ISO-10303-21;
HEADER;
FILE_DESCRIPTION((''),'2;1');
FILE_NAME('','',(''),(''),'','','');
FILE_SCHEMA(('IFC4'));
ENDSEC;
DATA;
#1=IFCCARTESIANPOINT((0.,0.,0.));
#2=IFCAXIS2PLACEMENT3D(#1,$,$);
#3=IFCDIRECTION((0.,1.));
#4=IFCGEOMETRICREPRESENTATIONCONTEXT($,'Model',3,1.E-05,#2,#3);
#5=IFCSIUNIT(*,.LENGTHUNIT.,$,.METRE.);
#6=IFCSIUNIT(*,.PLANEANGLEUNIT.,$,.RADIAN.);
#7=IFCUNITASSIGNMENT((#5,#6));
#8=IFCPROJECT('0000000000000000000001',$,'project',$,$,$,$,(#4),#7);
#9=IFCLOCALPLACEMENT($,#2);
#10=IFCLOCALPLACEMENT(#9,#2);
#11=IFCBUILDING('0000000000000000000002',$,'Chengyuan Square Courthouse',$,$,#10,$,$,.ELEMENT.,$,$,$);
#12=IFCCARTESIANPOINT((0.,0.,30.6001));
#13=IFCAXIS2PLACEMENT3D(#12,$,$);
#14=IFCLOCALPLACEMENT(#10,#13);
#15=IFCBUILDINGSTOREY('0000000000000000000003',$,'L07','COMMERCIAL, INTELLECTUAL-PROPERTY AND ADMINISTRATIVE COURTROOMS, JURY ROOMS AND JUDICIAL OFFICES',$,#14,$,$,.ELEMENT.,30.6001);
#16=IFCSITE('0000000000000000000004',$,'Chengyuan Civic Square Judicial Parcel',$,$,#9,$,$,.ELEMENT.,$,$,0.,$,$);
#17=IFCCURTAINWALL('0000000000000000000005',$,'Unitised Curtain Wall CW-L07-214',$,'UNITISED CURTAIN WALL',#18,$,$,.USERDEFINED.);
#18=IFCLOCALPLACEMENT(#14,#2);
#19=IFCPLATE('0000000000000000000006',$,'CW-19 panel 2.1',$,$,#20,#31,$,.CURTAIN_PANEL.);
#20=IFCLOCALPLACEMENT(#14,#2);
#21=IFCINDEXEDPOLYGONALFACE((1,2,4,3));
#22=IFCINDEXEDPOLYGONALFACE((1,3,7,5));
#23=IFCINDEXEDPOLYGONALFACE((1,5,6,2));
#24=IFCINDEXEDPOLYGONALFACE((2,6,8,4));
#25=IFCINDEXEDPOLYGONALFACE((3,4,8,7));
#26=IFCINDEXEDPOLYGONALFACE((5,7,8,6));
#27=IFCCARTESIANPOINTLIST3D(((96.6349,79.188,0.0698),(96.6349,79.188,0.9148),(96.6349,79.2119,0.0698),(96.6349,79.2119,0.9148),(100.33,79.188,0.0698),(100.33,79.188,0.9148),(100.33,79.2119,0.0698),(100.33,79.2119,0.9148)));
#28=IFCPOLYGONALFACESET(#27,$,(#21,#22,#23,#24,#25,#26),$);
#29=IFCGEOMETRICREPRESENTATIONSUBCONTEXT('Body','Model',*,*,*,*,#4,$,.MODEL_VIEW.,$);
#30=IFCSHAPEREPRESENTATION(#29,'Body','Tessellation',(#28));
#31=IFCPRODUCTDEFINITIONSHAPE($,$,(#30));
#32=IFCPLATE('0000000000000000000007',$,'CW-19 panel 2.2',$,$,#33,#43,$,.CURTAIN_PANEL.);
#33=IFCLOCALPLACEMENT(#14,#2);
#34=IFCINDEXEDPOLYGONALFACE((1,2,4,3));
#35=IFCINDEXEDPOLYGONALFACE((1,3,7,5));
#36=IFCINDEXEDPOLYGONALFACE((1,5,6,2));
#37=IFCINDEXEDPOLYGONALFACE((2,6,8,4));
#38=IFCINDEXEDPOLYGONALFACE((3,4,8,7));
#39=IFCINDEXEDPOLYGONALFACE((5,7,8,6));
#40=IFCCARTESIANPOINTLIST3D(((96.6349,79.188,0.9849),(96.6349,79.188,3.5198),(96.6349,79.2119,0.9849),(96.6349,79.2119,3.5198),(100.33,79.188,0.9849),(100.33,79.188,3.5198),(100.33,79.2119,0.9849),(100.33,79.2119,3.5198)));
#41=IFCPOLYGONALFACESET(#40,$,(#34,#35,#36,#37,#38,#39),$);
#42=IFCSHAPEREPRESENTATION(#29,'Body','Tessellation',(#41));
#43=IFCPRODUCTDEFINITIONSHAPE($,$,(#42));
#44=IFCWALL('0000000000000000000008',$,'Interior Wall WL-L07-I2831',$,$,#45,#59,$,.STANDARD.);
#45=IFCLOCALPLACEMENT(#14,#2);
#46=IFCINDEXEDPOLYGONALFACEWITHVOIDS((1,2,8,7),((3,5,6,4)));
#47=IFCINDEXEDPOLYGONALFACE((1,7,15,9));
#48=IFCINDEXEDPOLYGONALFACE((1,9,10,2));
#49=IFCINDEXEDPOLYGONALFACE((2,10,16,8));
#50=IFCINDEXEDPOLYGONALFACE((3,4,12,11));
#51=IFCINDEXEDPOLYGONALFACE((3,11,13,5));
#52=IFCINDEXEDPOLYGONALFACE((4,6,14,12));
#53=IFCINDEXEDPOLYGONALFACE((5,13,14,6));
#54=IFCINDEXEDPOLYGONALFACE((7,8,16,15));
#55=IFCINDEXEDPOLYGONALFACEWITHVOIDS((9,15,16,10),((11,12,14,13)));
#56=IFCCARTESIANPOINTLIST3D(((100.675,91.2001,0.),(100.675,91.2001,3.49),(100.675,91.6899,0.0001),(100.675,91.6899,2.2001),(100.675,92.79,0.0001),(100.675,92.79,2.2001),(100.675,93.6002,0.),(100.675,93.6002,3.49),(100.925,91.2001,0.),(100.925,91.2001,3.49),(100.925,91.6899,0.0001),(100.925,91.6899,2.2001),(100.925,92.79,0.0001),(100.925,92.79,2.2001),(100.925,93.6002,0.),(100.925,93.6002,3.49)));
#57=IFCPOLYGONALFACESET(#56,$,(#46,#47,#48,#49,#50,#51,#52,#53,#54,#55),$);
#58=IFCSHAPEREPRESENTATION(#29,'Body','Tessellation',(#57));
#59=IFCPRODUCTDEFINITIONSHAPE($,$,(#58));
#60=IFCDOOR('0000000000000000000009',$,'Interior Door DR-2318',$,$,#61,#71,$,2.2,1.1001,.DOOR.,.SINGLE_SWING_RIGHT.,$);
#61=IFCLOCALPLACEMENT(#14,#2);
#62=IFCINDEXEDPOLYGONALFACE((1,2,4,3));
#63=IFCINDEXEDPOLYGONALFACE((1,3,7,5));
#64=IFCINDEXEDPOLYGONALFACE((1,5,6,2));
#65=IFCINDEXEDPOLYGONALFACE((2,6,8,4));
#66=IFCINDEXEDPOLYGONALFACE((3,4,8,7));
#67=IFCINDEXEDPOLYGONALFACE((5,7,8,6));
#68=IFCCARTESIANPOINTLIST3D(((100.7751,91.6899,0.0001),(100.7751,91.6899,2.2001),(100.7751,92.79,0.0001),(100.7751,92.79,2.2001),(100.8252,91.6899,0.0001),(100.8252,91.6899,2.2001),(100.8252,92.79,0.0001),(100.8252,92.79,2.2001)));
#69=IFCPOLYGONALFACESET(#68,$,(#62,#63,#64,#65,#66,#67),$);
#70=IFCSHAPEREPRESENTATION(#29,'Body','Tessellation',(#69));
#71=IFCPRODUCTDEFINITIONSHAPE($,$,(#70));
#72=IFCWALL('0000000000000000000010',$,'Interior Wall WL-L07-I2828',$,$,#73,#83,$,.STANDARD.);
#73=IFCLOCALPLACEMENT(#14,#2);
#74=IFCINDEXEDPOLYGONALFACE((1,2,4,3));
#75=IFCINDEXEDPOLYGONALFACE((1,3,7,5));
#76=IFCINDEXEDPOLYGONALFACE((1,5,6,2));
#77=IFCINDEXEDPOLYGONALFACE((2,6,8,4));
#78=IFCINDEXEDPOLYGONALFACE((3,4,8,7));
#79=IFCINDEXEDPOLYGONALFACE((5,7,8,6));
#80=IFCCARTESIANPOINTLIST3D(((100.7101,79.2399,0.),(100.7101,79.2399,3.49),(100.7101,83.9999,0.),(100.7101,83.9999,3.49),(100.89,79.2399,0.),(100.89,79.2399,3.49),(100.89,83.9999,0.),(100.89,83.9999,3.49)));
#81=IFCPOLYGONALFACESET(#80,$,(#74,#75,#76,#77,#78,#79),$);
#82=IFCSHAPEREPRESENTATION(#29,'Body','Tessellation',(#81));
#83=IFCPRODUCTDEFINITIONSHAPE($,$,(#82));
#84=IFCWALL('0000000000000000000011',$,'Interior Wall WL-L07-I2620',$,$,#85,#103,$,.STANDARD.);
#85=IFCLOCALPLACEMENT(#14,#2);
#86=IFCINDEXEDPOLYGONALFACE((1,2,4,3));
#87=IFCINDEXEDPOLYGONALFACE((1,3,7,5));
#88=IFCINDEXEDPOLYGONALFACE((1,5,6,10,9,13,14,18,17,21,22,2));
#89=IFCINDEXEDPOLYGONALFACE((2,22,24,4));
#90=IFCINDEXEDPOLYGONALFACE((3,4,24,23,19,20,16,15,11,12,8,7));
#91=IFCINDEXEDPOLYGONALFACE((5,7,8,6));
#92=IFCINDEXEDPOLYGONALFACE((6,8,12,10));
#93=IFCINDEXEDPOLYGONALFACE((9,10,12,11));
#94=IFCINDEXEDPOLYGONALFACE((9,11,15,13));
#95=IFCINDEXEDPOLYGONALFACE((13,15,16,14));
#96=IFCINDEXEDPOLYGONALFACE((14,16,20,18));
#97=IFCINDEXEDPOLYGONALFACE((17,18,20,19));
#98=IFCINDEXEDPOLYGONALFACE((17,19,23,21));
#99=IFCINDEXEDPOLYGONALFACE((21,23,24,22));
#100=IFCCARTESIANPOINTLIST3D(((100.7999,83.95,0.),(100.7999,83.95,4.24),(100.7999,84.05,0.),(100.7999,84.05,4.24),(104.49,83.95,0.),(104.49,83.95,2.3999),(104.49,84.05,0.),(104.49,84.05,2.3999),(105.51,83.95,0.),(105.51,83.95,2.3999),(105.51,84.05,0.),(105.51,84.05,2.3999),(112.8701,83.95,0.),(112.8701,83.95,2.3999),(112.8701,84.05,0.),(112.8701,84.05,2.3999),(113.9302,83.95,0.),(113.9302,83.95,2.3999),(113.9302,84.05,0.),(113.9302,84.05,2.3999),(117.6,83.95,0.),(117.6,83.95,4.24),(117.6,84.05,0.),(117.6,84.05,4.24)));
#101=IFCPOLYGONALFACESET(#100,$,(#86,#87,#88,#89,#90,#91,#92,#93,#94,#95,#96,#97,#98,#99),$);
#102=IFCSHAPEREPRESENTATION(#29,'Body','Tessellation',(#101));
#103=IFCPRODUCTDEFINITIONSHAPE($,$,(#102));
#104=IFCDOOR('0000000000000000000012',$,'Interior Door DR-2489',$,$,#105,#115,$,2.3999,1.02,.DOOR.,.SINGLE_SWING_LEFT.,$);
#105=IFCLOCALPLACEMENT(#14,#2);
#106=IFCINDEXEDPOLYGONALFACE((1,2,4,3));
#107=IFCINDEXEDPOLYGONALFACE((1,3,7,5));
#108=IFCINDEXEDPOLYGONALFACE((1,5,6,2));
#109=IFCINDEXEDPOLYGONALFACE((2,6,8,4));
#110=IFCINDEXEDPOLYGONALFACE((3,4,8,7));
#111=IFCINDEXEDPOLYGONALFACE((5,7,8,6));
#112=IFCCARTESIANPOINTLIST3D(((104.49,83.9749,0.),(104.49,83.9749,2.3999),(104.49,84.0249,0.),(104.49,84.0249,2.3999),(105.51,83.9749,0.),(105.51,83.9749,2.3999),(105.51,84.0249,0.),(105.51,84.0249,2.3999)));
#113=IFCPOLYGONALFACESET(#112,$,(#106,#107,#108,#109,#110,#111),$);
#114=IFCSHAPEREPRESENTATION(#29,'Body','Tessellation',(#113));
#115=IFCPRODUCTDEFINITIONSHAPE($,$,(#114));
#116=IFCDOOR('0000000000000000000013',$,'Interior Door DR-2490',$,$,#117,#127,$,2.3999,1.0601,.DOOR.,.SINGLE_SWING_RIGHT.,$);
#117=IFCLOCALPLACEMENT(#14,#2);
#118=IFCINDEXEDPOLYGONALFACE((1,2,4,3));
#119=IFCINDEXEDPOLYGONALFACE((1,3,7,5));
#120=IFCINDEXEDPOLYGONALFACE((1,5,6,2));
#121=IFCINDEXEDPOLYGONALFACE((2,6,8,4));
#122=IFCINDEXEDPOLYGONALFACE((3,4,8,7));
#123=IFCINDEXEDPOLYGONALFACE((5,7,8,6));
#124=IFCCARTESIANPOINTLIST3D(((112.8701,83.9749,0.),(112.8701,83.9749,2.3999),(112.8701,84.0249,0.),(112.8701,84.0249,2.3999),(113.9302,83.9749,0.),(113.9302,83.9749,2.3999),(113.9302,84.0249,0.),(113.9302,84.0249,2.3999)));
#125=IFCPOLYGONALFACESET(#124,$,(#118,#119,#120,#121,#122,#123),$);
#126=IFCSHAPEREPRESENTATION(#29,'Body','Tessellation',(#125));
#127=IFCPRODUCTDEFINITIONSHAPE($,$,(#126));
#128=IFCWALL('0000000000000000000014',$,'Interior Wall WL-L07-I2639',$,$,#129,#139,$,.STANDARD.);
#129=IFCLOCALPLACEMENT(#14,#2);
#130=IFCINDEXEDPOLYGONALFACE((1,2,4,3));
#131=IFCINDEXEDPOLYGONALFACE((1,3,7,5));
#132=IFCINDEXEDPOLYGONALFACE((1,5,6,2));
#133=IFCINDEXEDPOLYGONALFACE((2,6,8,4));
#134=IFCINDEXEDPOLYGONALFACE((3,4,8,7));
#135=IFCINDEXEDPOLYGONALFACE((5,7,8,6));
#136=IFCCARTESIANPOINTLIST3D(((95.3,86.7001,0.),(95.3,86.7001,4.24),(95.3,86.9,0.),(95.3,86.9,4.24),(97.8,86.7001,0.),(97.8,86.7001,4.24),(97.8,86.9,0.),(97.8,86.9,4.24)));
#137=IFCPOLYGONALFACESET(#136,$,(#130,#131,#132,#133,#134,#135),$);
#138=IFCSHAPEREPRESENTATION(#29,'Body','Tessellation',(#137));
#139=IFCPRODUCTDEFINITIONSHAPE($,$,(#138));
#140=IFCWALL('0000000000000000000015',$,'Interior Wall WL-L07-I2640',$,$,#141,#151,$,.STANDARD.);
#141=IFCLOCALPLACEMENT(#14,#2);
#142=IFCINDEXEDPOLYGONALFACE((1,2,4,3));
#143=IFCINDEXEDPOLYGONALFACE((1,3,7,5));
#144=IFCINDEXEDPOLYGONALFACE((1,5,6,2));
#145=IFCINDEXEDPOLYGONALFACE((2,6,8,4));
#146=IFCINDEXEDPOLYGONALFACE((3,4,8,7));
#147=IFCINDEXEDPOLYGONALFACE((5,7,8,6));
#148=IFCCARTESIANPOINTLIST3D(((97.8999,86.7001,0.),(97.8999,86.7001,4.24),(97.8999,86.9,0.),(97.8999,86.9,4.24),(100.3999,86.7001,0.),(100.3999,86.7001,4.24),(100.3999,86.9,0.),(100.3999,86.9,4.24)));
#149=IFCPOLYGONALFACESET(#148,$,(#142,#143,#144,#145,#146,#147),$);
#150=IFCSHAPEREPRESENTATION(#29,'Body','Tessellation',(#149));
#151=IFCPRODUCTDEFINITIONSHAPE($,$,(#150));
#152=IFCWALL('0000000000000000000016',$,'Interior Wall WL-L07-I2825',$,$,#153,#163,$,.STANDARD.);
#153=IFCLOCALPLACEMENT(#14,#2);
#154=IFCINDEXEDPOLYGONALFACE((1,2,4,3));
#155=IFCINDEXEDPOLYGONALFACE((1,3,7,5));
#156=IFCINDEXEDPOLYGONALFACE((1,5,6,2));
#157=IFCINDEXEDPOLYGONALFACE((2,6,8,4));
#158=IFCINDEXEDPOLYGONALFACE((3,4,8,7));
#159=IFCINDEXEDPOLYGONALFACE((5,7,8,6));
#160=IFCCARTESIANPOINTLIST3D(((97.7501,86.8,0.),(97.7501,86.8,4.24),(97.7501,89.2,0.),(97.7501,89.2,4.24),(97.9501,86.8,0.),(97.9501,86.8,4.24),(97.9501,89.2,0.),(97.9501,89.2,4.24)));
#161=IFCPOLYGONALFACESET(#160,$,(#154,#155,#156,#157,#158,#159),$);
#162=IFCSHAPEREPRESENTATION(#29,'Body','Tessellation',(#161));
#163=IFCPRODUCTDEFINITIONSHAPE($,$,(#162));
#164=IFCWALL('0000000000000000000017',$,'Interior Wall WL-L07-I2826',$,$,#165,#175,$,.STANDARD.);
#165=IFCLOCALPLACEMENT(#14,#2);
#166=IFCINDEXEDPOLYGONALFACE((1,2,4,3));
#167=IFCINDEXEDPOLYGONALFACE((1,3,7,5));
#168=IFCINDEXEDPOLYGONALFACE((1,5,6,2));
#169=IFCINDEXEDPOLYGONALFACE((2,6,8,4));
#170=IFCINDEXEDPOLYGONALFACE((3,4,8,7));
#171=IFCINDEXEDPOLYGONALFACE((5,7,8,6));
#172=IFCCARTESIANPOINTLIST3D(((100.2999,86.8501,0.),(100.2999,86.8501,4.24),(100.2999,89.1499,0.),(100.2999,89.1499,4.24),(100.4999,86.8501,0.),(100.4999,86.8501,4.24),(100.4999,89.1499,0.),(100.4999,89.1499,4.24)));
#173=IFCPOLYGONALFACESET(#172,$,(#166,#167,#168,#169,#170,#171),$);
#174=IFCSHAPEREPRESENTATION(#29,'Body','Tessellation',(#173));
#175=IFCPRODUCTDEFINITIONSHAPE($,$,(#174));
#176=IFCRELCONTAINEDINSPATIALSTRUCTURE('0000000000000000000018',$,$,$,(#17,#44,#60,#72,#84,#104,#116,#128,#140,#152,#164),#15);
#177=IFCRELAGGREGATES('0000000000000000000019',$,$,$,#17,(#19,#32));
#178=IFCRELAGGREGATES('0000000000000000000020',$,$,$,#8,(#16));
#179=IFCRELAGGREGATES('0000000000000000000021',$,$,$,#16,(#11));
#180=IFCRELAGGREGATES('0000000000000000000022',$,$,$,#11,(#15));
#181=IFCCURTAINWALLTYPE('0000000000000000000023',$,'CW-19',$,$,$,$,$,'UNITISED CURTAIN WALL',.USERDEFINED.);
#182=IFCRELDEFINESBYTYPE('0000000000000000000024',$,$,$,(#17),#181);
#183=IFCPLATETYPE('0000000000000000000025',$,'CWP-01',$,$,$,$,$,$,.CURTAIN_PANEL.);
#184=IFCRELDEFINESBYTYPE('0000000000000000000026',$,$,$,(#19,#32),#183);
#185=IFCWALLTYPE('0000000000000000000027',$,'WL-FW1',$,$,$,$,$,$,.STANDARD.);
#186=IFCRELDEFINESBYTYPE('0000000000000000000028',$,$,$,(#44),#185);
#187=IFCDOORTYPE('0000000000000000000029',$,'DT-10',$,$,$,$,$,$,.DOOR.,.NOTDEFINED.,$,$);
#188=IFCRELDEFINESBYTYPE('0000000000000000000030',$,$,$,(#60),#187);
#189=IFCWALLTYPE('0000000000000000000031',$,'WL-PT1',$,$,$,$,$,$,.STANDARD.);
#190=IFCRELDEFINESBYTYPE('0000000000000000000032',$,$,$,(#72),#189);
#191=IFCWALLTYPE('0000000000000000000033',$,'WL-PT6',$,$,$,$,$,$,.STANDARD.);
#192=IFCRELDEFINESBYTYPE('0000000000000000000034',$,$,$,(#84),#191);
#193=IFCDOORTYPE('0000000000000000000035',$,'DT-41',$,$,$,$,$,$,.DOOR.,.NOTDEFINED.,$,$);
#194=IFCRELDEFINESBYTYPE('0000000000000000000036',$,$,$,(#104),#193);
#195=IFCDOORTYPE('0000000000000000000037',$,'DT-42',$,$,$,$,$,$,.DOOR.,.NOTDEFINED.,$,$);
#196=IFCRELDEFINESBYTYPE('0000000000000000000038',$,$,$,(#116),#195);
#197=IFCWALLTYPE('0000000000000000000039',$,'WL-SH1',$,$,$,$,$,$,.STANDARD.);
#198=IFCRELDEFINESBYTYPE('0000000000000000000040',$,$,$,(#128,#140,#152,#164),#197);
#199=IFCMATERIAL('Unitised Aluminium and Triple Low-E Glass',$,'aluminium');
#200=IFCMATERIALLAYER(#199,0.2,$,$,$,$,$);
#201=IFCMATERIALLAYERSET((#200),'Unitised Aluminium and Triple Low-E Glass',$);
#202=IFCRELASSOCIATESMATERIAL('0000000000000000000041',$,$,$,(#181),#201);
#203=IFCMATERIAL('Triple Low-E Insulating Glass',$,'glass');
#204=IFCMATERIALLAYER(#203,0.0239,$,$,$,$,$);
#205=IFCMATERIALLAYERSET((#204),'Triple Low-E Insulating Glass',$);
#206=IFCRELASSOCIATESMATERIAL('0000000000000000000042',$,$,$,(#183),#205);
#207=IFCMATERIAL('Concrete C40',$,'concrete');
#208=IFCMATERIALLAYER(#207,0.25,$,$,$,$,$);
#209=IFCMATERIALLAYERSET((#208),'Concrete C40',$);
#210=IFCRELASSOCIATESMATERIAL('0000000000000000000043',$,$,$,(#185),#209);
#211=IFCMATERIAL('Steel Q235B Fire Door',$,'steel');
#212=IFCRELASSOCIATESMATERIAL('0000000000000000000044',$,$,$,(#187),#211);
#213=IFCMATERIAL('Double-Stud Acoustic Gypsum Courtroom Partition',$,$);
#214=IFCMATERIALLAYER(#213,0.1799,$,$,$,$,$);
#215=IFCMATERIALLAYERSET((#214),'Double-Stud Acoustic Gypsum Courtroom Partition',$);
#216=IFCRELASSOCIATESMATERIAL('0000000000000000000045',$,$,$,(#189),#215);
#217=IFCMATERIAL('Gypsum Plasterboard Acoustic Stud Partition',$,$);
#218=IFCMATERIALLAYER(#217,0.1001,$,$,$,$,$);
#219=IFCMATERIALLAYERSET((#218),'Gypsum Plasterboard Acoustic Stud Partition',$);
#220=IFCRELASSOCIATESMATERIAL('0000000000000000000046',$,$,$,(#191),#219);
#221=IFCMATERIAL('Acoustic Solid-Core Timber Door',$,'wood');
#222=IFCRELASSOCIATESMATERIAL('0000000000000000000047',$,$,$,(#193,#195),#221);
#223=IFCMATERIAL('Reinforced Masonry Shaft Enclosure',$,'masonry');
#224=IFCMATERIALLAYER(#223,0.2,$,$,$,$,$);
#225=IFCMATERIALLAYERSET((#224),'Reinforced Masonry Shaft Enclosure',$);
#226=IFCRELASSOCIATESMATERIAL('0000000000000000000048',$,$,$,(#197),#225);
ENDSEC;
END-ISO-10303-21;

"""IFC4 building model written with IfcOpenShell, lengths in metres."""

from ifc_helpers import new_model, si_unit, direction, frame, frame_2d, origin, origin_2d, place, context, subcontext, project, spatial, rectangle, extrude, material, layer, layer_set, type_object, element, fill, aggregate, save


model = new_model("IFC4")

# Units and contexts
model_context = context("Model", 3, precision=1e-05, world=origin(), true_north=direction((0.0, 1.0)))
body_context = subcontext(model_context, "Body", "Model", "MODEL_VIEW")
ifc_project = project(units=[si_unit("LENGTHUNIT", "METRE"), si_unit("PLANEANGLEUNIT", "RADIAN")], contexts=[model_context])

# Site, building, storey
site_placement = place(None, origin())
site = spatial("IfcSite", under=ifc_project, at=site_placement, Name="Chengyuan Civic Square Judicial Parcel", CompositionType="ELEMENT", RefElevation=0.0)
building_placement = place(site_placement, origin())
building = spatial("IfcBuilding", under=site, at=building_placement, Name="Chengyuan Square Courthouse", CompositionType="ELEMENT")
storey_placement = place(building_placement, frame((0.0, 0.0, 30.6001)))
storey = spatial("IfcBuildingStorey", under=building, at=storey_placement, Name="L07", Description="COMMERCIAL, INTELLECTUAL-PROPERTY AND ADMINISTRATIVE COURTROOMS, JURY ROOMS AND JUDICIAL OFFICES", CompositionType="ELEMENT", Elevation=30.6001)

# Shared definitions
ifc_material_1 = material(Name="Concrete C40", Category="concrete")

# Curtain wall
ifc_material_2 = material(Name="Unitised Aluminium and Triple Low-E Glass", Category="aluminium")
ifc_layer_1 = layer(ifc_material_2, 0.2)
ifc_layer_set_1 = layer_set([ifc_layer_1], Name="Unitised Aluminium and Triple Low-E Glass")
curtain_wall_type = type_object("IfcCurtainWallType", Name="CW-19", ElementType="UNITISED CURTAIN WALL", PredefinedType="USERDEFINED", material=ifc_layer_set_1)
curtain_wall_1_placement = place(storey_placement, origin())
curtain_wall_1 = element("IfcCurtainWall", 1, at=curtain_wall_1_placement, inside=storey, type_object=curtain_wall_type, Name="Unitised Curtain Wall CW-L07-214", ObjectType="UNITISED CURTAIN WALL", PredefinedType="USERDEFINED")

# Plates
ifc_material_3 = material(Name="Triple Low-E Insulating Glass", Category="glass")
ifc_layer_2 = layer(ifc_material_3, 0.0239)
ifc_layer_set_2 = layer_set([ifc_layer_2], Name="Triple Low-E Insulating Glass")
plate_type = type_object("IfcPlateType", Name="CWP-01", PredefinedType="CURTAIN_PANEL", material=ifc_layer_set_2)
plate_1_placement = place(storey_placement, frame((98.4824, 79.2, 0.0698), z_axis=(0.0, 0.0, 1.0), x_axis=(1.0, 0.0, 0.0)))
plate_1 = element("IfcPlate", 2, at=plate_1_placement, type_object=plate_type, Name="CW-19 panel 2.1", PredefinedType="CURTAIN_PANEL", context=body_context, shape_type="SweptSolid", body=[
    extrude(rectangle(XDim=3.6951, YDim=0.0239, at=origin_2d()), origin(), (0.0, 0.0, 1.0), 0.845),
])
plate_2_placement = place(storey_placement, frame((98.4824, 79.2, 0.9849), z_axis=(0.0, 0.0, 1.0), x_axis=(1.0, 0.0, 0.0)))
plate_2 = element("IfcPlate", 3, at=plate_2_placement, type_object=plate_type, Name="CW-19 panel 2.2", PredefinedType="CURTAIN_PANEL", context=body_context, shape_type="SweptSolid", body=[
    extrude(rectangle(XDim=3.6951, YDim=0.0239, at=origin_2d()), origin(), (0.0, 0.0, 1.0), 2.5349),
])
aggregate(curtain_wall_1, [plate_1, plate_2])

# Wall, opening, door
ifc_layer_3 = layer(ifc_material_1, 0.25)
ifc_layer_set_3 = layer_set([ifc_layer_3], Name="Concrete C40")
wall_type_1 = type_object("IfcWallType", Name="WL-FW1", PredefinedType="STANDARD", material=ifc_layer_set_3)
wall_1_placement = place(storey_placement, frame((100.8, 91.2, 0.0), z_axis=(0.0, 0.0, 1.0), x_axis=(0.0, 1.0, 0.0)))
wall_1 = element("IfcWall", 4, at=wall_1_placement, inside=storey, type_object=wall_type_1, Name="Interior Wall WL-L07-I2831", PredefinedType="STANDARD", context=body_context, shape_type="SweptSolid", body=[
    extrude(rectangle(XDim=2.4001, YDim=0.25, at=frame_2d((1.2002, 0.0))), origin(), (0.0, 0.0, 1.0), 3.49),
])
opening_1_placement = place(wall_1_placement, frame((0.49, 0.0, 0.0)))
opening_1 = element("IfcOpeningElement", 5, at=opening_1_placement, cuts=wall_1, PredefinedType="OPENING", context=body_context, shape_type="SweptSolid", body=[
    extrude(rectangle(XDim=1.1001, YDim=2.2, at=frame_2d((0.55, 1.1001))), frame((0.0, 0.137, 0.0), z_axis=(0.0, -1.0, 0.0), x_axis=(1.0, 0.0, 0.0)), (0.0, 0.0, 1.0), 0.2739),
])
ifc_material_4 = material(Name="Steel Q235B Fire Door", Category="steel")
door_type_1 = type_object("IfcDoorType", Name="DT-10", OperationType="NOTDEFINED", PredefinedType="DOOR", material=ifc_material_4)
door_1_placement = place(opening_1_placement, origin())
door_1 = element("IfcDoor", 6, at=door_1_placement, inside=storey, type_object=door_type_1, Name="Interior Door DR-2318", OperationType="SINGLE_SWING_RIGHT", OverallHeight=2.2, OverallWidth=1.1001, PredefinedType="DOOR", context=body_context, shape_type="SweptSolid", body=[
    extrude(rectangle(XDim=1.1001, YDim=2.2, at=frame_2d((0.55, 1.1001))), frame((0.0, 0.0249, 0.0), z_axis=(0.0, -1.0, 0.0), x_axis=(1.0, 0.0, 0.0)), (0.0, 0.0, 1.0), 0.05),
])
fill(opening_1, door_1)

# Wall
ifc_material_5 = material(Name="Double-Stud Acoustic Gypsum Courtroom Partition")
ifc_layer_4 = layer(ifc_material_5, 0.1799)
ifc_layer_set_4 = layer_set([ifc_layer_4], Name="Double-Stud Acoustic Gypsum Courtroom Partition")
wall_type_2 = type_object("IfcWallType", Name="WL-PT1", PredefinedType="STANDARD", material=ifc_layer_set_4)
wall_2_placement = place(storey_placement, frame((100.8, 79.24, 0.0), z_axis=(0.0, 0.0, 1.0), x_axis=(0.0, 1.0, 0.0)))
element("IfcWall", 7, at=wall_2_placement, inside=storey, type_object=wall_type_2, Name="Interior Wall WL-L07-I2828", PredefinedType="STANDARD", context=body_context, shape_type="SweptSolid", body=[
    extrude(rectangle(XDim=4.76, YDim=0.1799, at=frame_2d((2.3799, 0.0))), origin(), (0.0, 0.0, 1.0), 3.49),
])

# Wall, openings, doors
ifc_material_6 = material(Name="Gypsum Plasterboard Acoustic Stud Partition")
ifc_layer_5 = layer(ifc_material_6, 0.1001)
ifc_layer_set_5 = layer_set([ifc_layer_5], Name="Gypsum Plasterboard Acoustic Stud Partition")
wall_type_3 = type_object("IfcWallType", Name="WL-PT6", PredefinedType="STANDARD", material=ifc_layer_set_5)
wall_3_placement = place(storey_placement, frame((100.8, 84.0, 0.0), z_axis=(0.0, 0.0, 1.0), x_axis=(1.0, 0.0, 0.0)))
wall_3 = element("IfcWall", 8, at=wall_3_placement, inside=storey, type_object=wall_type_3, Name="Interior Wall WL-L07-I2620", PredefinedType="STANDARD", context=body_context, shape_type="SweptSolid", body=[
    extrude(rectangle(XDim=16.8, YDim=0.1001, at=frame_2d((8.3999, 0.0))), origin(), (0.0, 0.0, 1.0), 4.24),
])
opening_2_placement = place(wall_3_placement, frame((3.6899, 0.0, 0.0)))
opening_2 = element("IfcOpeningElement", 9, at=opening_2_placement, cuts=wall_3, PredefinedType="OPENING", context=body_context, shape_type="SweptSolid", body=[
    extrude(rectangle(XDim=1.02, YDim=2.3999, at=frame_2d((0.51, 1.2))), frame((0.0, 0.062, 0.0), z_axis=(0.0, -1.0, 0.0), x_axis=(1.0, 0.0, 0.0)), (0.0, 0.0, 1.0), 0.124),
])
opening_3_placement = place(wall_3_placement, frame((12.0701, 0.0, 0.0)))
opening_3 = element("IfcOpeningElement", 10, at=opening_3_placement, cuts=wall_3, PredefinedType="OPENING", context=body_context, shape_type="SweptSolid", body=[
    extrude(rectangle(XDim=1.0601, YDim=2.3999, at=frame_2d((0.53, 1.2))), frame((0.0, 0.062, 0.0), z_axis=(0.0, -1.0, 0.0), x_axis=(1.0, 0.0, 0.0)), (0.0, 0.0, 1.0), 0.124),
])
ifc_material_7 = material(Name="Acoustic Solid-Core Timber Door", Category="wood")
door_type_2 = type_object("IfcDoorType", Name="DT-41", OperationType="NOTDEFINED", PredefinedType="DOOR", material=ifc_material_7)
door_2_placement = place(opening_2_placement, origin())
door_2 = element("IfcDoor", 11, at=door_2_placement, inside=storey, type_object=door_type_2, Name="Interior Door DR-2489", OperationType="SINGLE_SWING_LEFT", OverallHeight=2.3999, OverallWidth=1.02, PredefinedType="DOOR", context=body_context, shape_type="SweptSolid", body=[
    extrude(rectangle(XDim=1.02, YDim=2.3999, at=frame_2d((0.51, 1.2))), frame((0.0, 0.0249, 0.0), z_axis=(0.0, -1.0, 0.0), x_axis=(1.0, 0.0, 0.0)), (0.0, 0.0, 1.0), 0.05),
])
fill(opening_2, door_2)
door_type_3 = type_object("IfcDoorType", Name="DT-42", OperationType="NOTDEFINED", PredefinedType="DOOR", material=ifc_material_7)
door_3_placement = place(opening_3_placement, origin())
door_3 = element("IfcDoor", 12, at=door_3_placement, inside=storey, type_object=door_type_3, Name="Interior Door DR-2490", OperationType="SINGLE_SWING_RIGHT", OverallHeight=2.3999, OverallWidth=1.0601, PredefinedType="DOOR", context=body_context, shape_type="SweptSolid", body=[
    extrude(rectangle(XDim=1.0601, YDim=2.3999, at=frame_2d((0.53, 1.2))), frame((0.0, 0.0249, 0.0), z_axis=(0.0, -1.0, 0.0), x_axis=(1.0, 0.0, 0.0)), (0.0, 0.0, 1.0), 0.05),
])
fill(opening_3, door_3)

# Walls
ifc_material_8 = material(Name="Reinforced Masonry Shaft Enclosure", Category="masonry")
ifc_layer_6 = layer(ifc_material_8, 0.2)
ifc_layer_set_6 = layer_set([ifc_layer_6], Name="Reinforced Masonry Shaft Enclosure")
wall_type_4 = type_object("IfcWallType", Name="WL-SH1", PredefinedType="STANDARD", material=ifc_layer_set_6)
for number, where, z_axis, x_axis, name in (
    (13, (95.3, 86.8, 0.0), (0.0, 0.0, 1.0), (1.0, 0.0, 0.0), "Interior Wall WL-L07-I2639"),
    (14, (97.8999, 86.8, 0.0), (0.0, 0.0, 1.0), (1.0, 0.0, 0.0), "Interior Wall WL-L07-I2640"),
):
    element("IfcWall", number, at=place(storey_placement, frame(where, z_axis=z_axis, x_axis=x_axis)), inside=storey, type_object=wall_type_4, Name=name, PredefinedType="STANDARD", context=body_context, shape_type="SweptSolid", body=[
        extrude(rectangle(XDim=2.5, YDim=0.2, at=frame_2d((1.25, 0.0))), origin(), (0.0, 0.0, 1.0), 4.24),
    ])
wall_4_placement = place(storey_placement, frame((97.8501, 86.8, 0.0), z_axis=(0.0, 0.0, 1.0), x_axis=(0.0, 1.0, 0.0)))
element("IfcWall", 15, at=wall_4_placement, inside=storey, type_object=wall_type_4, Name="Interior Wall WL-L07-I2825", PredefinedType="STANDARD", context=body_context, shape_type="SweptSolid", body=[
    extrude(rectangle(XDim=2.3999, YDim=0.2, at=frame_2d((1.2, 0.0))), origin(), (0.0, 0.0, 1.0), 4.24),
])
wall_5_placement = place(storey_placement, frame((100.3999, 86.8501, 0.0), z_axis=(0.0, 0.0, 1.0), x_axis=(0.0, 1.0, 0.0)))
element("IfcWall", 16, at=wall_5_placement, inside=storey, type_object=wall_type_4, Name="Interior Wall WL-L07-I2826", PredefinedType="STANDARD", context=body_context, shape_type="SweptSolid", body=[
    extrude(rectangle(XDim=2.2998, YDim=0.2, at=frame_2d((1.1499, 0.0))), origin(), (0.0, 0.0, 1.0), 4.24),
])

save(model, "model.ifc")
